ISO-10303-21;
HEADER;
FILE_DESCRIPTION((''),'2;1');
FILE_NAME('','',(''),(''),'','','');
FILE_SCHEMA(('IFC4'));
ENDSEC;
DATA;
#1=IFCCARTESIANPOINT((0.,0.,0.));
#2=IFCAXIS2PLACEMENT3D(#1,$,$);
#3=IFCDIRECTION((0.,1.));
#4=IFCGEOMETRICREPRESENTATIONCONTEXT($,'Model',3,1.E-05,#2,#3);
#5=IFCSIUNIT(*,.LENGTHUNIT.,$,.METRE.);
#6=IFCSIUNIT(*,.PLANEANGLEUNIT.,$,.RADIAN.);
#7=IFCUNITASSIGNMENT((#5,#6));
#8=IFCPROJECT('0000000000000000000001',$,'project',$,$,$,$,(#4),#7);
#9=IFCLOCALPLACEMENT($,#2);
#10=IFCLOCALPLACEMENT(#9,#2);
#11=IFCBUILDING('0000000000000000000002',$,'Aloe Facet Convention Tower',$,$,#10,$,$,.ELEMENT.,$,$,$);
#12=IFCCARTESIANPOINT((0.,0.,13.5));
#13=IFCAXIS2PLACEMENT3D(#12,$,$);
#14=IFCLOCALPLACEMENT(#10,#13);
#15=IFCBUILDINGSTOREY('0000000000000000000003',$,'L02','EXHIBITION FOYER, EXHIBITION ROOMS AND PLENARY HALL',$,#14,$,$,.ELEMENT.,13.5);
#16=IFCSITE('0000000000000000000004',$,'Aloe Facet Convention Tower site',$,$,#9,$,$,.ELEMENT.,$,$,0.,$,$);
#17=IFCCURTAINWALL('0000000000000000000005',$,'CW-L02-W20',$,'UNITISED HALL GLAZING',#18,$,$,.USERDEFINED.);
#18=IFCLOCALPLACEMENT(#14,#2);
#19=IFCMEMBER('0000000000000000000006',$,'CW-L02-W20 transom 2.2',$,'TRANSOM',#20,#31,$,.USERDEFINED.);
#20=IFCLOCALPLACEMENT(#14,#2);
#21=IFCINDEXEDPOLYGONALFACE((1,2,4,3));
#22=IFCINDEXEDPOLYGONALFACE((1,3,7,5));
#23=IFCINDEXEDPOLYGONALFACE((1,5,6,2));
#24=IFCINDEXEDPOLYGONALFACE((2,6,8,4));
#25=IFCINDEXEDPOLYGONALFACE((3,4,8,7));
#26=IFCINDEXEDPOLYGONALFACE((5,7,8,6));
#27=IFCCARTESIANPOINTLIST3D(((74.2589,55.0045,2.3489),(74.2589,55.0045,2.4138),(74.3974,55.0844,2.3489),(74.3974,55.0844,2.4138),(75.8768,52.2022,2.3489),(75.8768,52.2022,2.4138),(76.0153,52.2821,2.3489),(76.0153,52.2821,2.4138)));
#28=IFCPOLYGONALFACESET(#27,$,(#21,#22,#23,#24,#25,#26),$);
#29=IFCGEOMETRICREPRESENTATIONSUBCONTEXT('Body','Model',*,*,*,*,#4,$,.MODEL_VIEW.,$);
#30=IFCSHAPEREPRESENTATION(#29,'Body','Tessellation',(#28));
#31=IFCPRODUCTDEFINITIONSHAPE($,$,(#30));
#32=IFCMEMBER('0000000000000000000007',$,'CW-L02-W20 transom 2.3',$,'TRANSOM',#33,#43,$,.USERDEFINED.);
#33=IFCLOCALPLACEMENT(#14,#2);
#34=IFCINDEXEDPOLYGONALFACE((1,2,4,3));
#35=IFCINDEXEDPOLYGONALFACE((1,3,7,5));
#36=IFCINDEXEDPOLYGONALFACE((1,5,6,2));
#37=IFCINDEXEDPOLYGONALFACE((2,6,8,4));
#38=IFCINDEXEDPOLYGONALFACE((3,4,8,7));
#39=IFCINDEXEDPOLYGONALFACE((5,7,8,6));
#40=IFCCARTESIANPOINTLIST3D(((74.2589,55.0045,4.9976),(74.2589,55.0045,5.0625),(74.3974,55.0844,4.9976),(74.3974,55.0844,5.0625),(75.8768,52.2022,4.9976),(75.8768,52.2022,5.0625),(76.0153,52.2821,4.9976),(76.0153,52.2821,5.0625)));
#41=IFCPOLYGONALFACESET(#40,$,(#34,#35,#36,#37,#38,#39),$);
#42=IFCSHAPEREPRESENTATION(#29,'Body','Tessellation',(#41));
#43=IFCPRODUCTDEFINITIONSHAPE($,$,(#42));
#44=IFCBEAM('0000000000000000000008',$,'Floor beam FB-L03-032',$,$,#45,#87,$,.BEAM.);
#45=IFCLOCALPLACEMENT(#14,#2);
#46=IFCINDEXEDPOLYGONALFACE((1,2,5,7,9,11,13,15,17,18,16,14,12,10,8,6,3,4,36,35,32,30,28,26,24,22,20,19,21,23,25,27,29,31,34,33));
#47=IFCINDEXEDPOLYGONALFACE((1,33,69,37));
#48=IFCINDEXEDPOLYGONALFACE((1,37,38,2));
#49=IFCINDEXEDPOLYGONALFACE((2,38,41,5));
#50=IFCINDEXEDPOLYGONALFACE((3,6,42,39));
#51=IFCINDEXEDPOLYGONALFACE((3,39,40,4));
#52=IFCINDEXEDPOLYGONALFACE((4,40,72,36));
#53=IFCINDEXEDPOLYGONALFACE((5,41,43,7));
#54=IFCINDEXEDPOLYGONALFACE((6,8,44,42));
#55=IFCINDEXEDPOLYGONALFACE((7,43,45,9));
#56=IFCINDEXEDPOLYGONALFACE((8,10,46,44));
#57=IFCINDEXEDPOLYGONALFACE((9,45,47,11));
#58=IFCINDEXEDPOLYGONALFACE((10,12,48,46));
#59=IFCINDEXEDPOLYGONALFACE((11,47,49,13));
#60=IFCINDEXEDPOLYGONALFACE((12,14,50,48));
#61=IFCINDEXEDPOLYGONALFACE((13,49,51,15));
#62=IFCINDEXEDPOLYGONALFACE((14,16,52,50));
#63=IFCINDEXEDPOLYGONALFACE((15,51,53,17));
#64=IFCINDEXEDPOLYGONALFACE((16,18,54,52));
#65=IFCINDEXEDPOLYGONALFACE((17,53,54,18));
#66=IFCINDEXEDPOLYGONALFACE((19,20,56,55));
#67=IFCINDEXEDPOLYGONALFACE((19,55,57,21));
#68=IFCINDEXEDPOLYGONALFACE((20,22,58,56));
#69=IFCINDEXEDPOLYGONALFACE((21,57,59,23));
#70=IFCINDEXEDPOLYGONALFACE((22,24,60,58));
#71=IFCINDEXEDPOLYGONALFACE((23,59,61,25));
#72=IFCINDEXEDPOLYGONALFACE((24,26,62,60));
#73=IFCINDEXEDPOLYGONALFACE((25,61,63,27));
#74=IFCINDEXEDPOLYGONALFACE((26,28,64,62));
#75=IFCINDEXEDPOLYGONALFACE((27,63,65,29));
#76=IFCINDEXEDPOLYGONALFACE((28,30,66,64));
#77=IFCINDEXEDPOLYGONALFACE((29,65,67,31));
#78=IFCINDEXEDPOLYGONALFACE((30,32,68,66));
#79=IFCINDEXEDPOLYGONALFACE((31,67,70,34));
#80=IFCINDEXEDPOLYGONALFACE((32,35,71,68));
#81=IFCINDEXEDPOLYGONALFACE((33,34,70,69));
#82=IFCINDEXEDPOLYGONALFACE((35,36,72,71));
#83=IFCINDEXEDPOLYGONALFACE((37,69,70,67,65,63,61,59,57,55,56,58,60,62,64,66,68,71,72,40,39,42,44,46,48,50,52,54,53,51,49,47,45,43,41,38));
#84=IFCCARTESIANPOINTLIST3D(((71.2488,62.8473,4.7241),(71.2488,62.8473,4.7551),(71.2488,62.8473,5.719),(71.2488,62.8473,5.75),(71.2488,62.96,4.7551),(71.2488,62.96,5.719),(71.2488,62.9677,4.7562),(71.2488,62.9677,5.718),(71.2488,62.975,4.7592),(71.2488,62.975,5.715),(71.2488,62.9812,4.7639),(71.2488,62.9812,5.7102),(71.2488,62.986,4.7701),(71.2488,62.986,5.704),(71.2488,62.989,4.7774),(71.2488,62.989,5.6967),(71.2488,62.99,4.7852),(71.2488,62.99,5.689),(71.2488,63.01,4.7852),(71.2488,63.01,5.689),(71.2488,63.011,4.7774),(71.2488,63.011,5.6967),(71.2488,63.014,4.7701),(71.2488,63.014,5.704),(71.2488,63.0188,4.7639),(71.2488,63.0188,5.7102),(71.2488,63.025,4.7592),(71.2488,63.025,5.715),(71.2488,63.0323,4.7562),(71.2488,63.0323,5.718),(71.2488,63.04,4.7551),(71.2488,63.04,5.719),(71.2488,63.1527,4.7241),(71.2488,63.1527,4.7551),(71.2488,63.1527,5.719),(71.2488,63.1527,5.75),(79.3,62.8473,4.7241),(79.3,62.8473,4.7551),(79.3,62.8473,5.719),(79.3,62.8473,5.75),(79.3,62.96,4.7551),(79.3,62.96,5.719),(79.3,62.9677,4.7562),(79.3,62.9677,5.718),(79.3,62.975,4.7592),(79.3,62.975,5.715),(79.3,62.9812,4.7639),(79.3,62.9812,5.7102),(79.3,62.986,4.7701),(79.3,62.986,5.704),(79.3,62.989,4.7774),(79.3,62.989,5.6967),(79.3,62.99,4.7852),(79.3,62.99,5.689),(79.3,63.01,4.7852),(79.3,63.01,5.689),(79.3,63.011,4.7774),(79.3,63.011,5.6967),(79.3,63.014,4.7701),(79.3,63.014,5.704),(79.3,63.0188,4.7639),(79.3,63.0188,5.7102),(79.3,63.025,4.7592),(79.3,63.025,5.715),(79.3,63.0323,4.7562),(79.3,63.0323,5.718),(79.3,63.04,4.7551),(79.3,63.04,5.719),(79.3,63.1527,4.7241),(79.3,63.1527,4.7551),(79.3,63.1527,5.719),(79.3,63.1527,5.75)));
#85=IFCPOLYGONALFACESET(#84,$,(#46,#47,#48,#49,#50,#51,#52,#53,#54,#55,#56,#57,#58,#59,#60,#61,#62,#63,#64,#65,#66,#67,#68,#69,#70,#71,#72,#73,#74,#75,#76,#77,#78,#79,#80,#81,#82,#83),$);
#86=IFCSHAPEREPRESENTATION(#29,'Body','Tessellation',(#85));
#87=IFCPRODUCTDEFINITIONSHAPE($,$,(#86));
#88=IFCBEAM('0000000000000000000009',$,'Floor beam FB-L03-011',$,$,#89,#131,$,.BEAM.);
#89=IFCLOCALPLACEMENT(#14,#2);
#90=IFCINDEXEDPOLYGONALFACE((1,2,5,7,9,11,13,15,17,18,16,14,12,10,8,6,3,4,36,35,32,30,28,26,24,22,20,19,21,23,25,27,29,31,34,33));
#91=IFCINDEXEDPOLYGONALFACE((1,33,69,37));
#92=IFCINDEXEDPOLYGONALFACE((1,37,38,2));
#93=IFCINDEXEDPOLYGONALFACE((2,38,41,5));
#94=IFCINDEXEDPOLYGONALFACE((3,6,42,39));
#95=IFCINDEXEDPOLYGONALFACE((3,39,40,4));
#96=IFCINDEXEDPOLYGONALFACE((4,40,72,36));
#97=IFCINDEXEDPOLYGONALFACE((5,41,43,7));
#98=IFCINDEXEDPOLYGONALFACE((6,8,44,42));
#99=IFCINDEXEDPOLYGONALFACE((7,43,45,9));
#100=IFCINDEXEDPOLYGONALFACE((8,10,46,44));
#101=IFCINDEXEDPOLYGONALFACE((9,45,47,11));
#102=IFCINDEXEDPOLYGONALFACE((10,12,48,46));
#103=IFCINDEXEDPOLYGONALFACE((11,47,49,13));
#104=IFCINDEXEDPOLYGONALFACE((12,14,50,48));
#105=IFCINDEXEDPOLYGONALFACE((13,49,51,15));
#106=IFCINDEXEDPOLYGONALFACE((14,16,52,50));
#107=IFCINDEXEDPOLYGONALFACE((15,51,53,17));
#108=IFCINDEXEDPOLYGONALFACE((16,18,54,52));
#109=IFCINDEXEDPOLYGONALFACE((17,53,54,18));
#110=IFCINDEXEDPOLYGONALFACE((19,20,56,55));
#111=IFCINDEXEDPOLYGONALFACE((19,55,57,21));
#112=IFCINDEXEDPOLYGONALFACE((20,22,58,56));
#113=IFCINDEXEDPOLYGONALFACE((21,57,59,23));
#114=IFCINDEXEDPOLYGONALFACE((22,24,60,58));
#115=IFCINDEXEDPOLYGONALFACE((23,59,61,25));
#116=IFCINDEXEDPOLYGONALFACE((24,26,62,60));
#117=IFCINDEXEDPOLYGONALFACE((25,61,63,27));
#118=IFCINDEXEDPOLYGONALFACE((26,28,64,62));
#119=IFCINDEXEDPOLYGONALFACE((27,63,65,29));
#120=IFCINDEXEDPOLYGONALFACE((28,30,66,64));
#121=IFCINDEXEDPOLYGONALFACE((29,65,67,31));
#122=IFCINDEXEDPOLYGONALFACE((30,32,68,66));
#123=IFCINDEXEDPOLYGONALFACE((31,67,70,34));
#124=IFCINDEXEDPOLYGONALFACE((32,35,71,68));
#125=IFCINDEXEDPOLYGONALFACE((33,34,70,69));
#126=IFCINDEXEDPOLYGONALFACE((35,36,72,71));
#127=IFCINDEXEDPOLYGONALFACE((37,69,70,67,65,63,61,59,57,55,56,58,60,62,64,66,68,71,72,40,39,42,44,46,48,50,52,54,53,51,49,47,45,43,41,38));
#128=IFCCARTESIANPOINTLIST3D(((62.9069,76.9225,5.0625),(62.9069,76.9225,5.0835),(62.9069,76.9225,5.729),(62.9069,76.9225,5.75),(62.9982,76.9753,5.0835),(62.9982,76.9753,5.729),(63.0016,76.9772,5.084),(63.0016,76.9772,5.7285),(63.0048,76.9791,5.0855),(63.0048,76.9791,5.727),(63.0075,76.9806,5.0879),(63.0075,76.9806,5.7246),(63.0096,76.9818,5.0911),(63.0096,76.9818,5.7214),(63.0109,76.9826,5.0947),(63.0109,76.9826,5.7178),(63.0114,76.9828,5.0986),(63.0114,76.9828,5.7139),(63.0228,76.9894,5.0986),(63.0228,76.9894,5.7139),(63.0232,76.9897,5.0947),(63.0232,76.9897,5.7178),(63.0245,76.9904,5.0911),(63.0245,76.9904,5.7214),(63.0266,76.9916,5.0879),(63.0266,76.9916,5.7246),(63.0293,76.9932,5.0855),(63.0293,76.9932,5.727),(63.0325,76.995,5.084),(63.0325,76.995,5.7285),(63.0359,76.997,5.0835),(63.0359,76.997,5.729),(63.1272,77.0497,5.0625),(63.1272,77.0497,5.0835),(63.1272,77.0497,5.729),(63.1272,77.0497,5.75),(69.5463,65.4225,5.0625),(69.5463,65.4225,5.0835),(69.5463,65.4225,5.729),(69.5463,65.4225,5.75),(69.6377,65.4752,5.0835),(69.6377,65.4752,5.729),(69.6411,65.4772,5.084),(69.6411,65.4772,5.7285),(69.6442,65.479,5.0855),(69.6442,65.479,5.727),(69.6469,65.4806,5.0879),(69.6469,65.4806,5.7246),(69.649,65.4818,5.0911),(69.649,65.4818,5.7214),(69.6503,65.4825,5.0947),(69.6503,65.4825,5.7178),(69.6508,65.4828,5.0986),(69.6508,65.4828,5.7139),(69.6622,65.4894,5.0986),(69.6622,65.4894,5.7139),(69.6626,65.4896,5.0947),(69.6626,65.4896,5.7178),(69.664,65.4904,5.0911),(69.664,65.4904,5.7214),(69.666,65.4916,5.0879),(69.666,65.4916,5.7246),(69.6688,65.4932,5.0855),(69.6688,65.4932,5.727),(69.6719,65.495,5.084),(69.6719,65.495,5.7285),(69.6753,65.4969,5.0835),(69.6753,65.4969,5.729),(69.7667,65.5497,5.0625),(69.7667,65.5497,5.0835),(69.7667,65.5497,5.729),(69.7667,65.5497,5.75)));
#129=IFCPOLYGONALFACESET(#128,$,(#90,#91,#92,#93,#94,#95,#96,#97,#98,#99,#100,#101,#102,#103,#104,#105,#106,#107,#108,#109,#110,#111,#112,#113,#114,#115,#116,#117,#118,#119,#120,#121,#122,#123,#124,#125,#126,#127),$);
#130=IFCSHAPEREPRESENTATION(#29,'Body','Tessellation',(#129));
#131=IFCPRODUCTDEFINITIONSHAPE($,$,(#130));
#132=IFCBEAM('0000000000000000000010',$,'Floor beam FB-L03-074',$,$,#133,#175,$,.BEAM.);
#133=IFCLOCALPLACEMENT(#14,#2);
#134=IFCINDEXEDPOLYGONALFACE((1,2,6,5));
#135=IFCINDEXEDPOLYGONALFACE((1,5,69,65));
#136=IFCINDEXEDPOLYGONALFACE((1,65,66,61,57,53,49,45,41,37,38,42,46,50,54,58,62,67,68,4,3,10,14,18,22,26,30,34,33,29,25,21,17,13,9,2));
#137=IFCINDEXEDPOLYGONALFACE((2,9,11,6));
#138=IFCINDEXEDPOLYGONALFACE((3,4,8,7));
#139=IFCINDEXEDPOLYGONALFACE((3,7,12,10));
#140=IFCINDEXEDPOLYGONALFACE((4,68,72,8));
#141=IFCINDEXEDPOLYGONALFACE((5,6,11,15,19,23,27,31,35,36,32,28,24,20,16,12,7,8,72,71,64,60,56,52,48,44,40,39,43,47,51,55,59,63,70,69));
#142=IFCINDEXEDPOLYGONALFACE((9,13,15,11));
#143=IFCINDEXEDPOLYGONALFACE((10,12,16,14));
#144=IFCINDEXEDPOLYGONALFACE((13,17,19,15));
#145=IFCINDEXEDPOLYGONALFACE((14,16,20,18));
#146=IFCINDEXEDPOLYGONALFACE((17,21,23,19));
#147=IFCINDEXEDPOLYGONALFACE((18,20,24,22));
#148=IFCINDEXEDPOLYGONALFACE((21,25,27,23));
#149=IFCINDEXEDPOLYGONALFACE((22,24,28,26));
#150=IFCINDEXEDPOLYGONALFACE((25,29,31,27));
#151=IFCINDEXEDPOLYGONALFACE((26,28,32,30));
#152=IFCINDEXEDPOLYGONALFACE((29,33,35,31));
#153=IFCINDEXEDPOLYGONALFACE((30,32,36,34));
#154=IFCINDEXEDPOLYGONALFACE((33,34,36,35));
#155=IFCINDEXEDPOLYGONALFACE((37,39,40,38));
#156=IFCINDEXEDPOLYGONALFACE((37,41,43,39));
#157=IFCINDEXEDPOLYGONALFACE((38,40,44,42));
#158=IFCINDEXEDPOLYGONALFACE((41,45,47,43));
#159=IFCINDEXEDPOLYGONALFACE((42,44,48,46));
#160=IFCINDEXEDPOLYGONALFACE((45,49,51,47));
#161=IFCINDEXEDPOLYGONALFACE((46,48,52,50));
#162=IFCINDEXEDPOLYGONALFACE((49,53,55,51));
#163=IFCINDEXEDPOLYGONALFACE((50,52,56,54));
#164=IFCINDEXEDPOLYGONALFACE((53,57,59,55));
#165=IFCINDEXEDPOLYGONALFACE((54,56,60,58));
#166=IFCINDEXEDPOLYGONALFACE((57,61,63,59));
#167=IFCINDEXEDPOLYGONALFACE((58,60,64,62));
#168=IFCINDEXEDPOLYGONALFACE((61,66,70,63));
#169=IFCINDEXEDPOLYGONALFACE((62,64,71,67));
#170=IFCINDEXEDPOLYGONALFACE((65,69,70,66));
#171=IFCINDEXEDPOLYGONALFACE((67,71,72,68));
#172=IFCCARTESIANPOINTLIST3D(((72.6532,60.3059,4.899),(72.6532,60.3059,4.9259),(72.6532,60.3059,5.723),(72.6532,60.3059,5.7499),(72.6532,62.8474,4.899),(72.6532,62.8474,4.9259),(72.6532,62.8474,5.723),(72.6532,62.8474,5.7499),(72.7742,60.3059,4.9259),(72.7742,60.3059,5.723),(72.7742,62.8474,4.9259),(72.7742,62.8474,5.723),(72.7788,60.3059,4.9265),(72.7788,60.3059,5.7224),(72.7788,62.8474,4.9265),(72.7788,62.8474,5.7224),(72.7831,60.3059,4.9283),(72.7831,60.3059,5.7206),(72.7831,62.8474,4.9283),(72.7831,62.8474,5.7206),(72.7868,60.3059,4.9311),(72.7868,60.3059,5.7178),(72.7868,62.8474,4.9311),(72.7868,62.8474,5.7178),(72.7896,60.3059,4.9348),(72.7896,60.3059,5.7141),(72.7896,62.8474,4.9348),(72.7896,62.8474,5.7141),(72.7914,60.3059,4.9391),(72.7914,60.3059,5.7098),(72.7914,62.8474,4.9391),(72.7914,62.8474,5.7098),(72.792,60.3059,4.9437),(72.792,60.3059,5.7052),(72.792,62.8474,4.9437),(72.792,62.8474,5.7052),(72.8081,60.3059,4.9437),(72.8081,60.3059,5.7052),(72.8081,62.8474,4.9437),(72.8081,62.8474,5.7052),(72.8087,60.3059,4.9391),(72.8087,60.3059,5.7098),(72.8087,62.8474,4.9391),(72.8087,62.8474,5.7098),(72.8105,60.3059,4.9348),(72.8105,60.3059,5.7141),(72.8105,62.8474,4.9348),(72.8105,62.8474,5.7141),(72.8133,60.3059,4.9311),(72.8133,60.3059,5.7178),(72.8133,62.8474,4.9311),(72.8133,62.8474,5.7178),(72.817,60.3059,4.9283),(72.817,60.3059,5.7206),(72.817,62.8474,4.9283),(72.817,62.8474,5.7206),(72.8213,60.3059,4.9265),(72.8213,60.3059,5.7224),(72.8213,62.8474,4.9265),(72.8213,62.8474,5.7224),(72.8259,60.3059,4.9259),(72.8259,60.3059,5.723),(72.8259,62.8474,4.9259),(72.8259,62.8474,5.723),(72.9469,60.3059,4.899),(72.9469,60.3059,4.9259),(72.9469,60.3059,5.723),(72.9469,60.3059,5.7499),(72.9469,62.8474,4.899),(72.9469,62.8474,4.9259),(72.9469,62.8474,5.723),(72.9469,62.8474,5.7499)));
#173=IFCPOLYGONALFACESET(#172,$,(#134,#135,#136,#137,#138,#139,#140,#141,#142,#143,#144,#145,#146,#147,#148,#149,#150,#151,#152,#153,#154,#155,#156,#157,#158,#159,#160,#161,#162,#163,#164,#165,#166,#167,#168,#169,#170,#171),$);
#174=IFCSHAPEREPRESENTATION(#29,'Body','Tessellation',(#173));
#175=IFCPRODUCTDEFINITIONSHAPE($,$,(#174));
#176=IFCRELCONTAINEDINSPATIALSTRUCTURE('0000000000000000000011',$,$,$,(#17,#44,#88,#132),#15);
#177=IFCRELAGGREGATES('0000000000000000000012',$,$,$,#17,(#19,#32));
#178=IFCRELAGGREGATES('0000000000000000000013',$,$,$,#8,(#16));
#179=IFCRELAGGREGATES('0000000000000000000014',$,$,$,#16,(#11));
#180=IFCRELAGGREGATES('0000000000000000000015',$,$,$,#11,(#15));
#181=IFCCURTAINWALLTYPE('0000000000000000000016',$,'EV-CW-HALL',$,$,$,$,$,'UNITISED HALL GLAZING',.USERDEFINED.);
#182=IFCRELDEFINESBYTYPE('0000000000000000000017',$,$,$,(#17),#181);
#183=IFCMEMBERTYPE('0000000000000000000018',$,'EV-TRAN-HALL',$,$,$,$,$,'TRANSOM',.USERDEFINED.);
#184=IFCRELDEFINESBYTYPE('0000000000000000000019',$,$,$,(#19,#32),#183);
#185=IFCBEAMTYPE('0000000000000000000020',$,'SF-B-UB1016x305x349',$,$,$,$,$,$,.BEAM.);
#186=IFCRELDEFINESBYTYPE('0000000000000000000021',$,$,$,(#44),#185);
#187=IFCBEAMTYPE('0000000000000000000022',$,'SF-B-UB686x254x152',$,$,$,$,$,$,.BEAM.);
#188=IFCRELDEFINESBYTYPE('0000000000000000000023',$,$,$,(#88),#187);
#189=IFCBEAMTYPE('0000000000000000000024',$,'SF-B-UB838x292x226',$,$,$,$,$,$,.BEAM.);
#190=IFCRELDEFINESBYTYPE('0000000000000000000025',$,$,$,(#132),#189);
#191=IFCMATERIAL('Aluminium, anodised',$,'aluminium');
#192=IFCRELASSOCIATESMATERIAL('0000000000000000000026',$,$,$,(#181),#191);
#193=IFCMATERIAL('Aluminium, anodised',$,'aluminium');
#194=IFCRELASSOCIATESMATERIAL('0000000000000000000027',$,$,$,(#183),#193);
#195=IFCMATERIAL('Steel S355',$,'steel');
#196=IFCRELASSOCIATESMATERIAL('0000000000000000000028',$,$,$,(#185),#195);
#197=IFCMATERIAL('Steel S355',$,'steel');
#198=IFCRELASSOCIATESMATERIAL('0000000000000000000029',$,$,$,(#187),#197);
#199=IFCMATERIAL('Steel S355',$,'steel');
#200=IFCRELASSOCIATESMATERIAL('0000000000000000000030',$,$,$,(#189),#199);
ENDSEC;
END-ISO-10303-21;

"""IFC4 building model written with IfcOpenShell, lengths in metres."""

from ifc_helpers import new_model, si_unit, direction, frame, origin, origin_2d, place, context, subcontext, project, spatial, rectangle, i_section, extrude, material, material_profile, profile_set, type_object, element, aggregate, save


model = new_model("IFC4")

# Units and contexts
model_context = context("Model", 3, precision=1e-05, world=origin(), true_north=direction((0.0, 1.0)))
body_context = subcontext(model_context, "Body", "Model", "MODEL_VIEW")
ifc_project = project(units=[si_unit("LENGTHUNIT", "METRE"), si_unit("PLANEANGLEUNIT", "RADIAN")], contexts=[model_context])

# Site, building, storey
site_placement = place(None, origin())
site = spatial("IfcSite", under=ifc_project, at=site_placement, Name="Aloe Facet Convention Tower site", CompositionType="ELEMENT", RefElevation=0.0)
building_placement = place(site_placement, origin())
building = spatial("IfcBuilding", under=site, at=building_placement, Name="Aloe Facet Convention Tower", CompositionType="ELEMENT")
storey_placement = place(building_placement, frame((0.0, 0.0, 13.5)))
storey = spatial("IfcBuildingStorey", under=building, at=storey_placement, Name="L02", Description="EXHIBITION FOYER, EXHIBITION ROOMS AND PLENARY HALL", CompositionType="ELEMENT", Elevation=13.5)

# Curtain wall
ifc_material_1 = material(Name="Aluminium, anodised", Category="aluminium")
curtain_wall_type = type_object("IfcCurtainWallType", Name="EV-CW-HALL", ElementType="UNITISED HALL GLAZING", PredefinedType="USERDEFINED", material=ifc_material_1)
curtain_wall_1_placement = place(storey_placement, origin())
curtain_wall_1 = element("IfcCurtainWall", 1, at=curtain_wall_1_placement, inside=storey, type_object=curtain_wall_type, Name="CW-L02-W20", ObjectType="UNITISED HALL GLAZING", PredefinedType="USERDEFINED")

# Members
ifc_material_2 = material(Name="Aluminium, anodised", Category="aluminium")
ifc_material_profile_1 = material_profile(ifc_material_2, rectangle(XDim=0.1599, YDim=0.0649, at=origin_2d()), Name="AL 160x65")
ifc_profile_set_1 = profile_set([ifc_material_profile_1], Name="Aluminium, anodised")
member_type_1 = type_object("IfcMemberType", Name="EV-TRAN-HALL", ElementType="TRANSOM", PredefinedType="USERDEFINED", material=ifc_profile_set_1)
member_1_placement = place(storey_placement, frame((74.3281, 55.0444, 2.3813), z_axis=(0.50001, -0.86602, 0.0), x_axis=(0.86602, 0.50001, 0.0)))
member_1 = element("IfcMember", 2, at=member_1_placement, type_object=member_type_1, Name="CW-L02-W20 transom 2.2", ObjectType="TRANSOM", PredefinedType="USERDEFINED", context=body_context, shape_type="SweptSolid", body=[
    extrude(rectangle(XDim=0.1599, YDim=0.0649, at=origin_2d()), origin(), (0.0, 0.0, 1.0), 3.2358),
])
member_2_placement = place(storey_placement, frame((74.3281, 55.0444, 5.03), z_axis=(0.50001, -0.86602, 0.0), x_axis=(0.86602, 0.50001, 0.0)))
member_2 = element("IfcMember", 3, at=member_2_placement, type_object=member_type_1, Name="CW-L02-W20 transom 2.3", ObjectType="TRANSOM", PredefinedType="USERDEFINED", context=body_context, shape_type="SweptSolid", body=[
    extrude(rectangle(XDim=0.1599, YDim=0.0649, at=origin_2d()), origin(), (0.0, 0.0, 1.0), 3.2358),
])

# Beams
ifc_material_3 = material(Name="Steel S355", Category="steel")
ifc_material_profile_2 = material_profile(ifc_material_3, i_section(OverallWidth=0.3054, OverallDepth=1.0259, WebThickness=0.02, FlangeThickness=0.031, FilletRadius=0.03, at=origin_2d()), Name="UB 1016x305x349")
ifc_profile_set_2 = profile_set([ifc_material_profile_2], Name="Steel S355")
beam_type_1 = type_object("IfcBeamType", Name="SF-B-UB1016x305x349", PredefinedType="BEAM", material=ifc_profile_set_2)
beam_1_placement = place(storey_placement, frame((71.2488, 63.0, 5.2371), z_axis=(1.0, 0.0, 0.0), x_axis=(0.0, 1.0, 0.0)))
element("IfcBeam", 4, at=beam_1_placement, inside=storey, type_object=beam_type_1, Name="Floor beam FB-L03-032", PredefinedType="BEAM", context=body_context, shape_type="SweptSolid", body=[
    extrude(i_section(OverallWidth=0.3054, OverallDepth=1.0259, WebThickness=0.02, FlangeThickness=0.031, FilletRadius=0.03, at=origin_2d()), origin(), (0.0, 0.0, 1.0), 8.0513),
])
ifc_material_4 = material(Name="Steel S355", Category="steel")
ifc_material_profile_3 = material_profile(ifc_material_4, i_section(OverallWidth=0.2544, OverallDepth=0.6875, WebThickness=0.0132, FlangeThickness=0.021, FilletRadius=0.0151, at=origin_2d()), Name="UB 686x254x152")
ifc_profile_set_3 = profile_set([ifc_material_profile_3], Name="Steel S355")
beam_type_2 = type_object("IfcBeamType", Name="SF-B-UB686x254x152", PredefinedType="BEAM", material=ifc_profile_set_3)
beam_2_placement = place(storey_placement, frame((69.6565, 65.4861, 5.4062), z_axis=(-0.499993, 0.866029, 0.0), x_axis=(-0.866029, -0.499993, 0.0)))
element("IfcBeam", 5, at=beam_2_placement, inside=storey, type_object=beam_type_2, Name="Floor beam FB-L03-011", PredefinedType="BEAM", context=body_context, shape_type="SweptSolid", body=[
    extrude(i_section(OverallWidth=0.2544, OverallDepth=0.6875, WebThickness=0.0132, FlangeThickness=0.021, FilletRadius=0.0151, at=origin_2d()), origin(), (0.0, 0.0, 1.0), 13.2791),
])
ifc_material_5 = material(Name="Steel S355", Category="steel")
ifc_material_profile_4 = material_profile(ifc_material_5, i_section(OverallWidth=0.2937, OverallDepth=0.8508, WebThickness=0.0161, FlangeThickness=0.0269, FilletRadius=0.0178, at=origin_2d()), Name="UB 838x292x226")
ifc_profile_set_4 = profile_set([ifc_material_profile_4], Name="Steel S355")
beam_type_3 = type_object("IfcBeamType", Name="SF-B-UB838x292x226", PredefinedType="BEAM", material=ifc_profile_set_4)
beam_3_placement = place(storey_placement, frame((72.8, 60.3059, 5.3245), z_axis=(0.0, 1.0, 0.0), x_axis=(-1.0, 0.0, 0.0)))
element("IfcBeam", 6, at=beam_3_placement, inside=storey, type_object=beam_type_3, Name="Floor beam FB-L03-074", PredefinedType="BEAM", context=body_context, shape_type="SweptSolid", body=[
    extrude(i_section(OverallWidth=0.2937, OverallDepth=0.8508, WebThickness=0.0161, FlangeThickness=0.0269, FilletRadius=0.0178, at=origin_2d()), origin(), (0.0, 0.0, 1.0), 2.5415),
])

aggregate(curtain_wall_1, [member_1, member_2])

save(model, "model.ifc")
